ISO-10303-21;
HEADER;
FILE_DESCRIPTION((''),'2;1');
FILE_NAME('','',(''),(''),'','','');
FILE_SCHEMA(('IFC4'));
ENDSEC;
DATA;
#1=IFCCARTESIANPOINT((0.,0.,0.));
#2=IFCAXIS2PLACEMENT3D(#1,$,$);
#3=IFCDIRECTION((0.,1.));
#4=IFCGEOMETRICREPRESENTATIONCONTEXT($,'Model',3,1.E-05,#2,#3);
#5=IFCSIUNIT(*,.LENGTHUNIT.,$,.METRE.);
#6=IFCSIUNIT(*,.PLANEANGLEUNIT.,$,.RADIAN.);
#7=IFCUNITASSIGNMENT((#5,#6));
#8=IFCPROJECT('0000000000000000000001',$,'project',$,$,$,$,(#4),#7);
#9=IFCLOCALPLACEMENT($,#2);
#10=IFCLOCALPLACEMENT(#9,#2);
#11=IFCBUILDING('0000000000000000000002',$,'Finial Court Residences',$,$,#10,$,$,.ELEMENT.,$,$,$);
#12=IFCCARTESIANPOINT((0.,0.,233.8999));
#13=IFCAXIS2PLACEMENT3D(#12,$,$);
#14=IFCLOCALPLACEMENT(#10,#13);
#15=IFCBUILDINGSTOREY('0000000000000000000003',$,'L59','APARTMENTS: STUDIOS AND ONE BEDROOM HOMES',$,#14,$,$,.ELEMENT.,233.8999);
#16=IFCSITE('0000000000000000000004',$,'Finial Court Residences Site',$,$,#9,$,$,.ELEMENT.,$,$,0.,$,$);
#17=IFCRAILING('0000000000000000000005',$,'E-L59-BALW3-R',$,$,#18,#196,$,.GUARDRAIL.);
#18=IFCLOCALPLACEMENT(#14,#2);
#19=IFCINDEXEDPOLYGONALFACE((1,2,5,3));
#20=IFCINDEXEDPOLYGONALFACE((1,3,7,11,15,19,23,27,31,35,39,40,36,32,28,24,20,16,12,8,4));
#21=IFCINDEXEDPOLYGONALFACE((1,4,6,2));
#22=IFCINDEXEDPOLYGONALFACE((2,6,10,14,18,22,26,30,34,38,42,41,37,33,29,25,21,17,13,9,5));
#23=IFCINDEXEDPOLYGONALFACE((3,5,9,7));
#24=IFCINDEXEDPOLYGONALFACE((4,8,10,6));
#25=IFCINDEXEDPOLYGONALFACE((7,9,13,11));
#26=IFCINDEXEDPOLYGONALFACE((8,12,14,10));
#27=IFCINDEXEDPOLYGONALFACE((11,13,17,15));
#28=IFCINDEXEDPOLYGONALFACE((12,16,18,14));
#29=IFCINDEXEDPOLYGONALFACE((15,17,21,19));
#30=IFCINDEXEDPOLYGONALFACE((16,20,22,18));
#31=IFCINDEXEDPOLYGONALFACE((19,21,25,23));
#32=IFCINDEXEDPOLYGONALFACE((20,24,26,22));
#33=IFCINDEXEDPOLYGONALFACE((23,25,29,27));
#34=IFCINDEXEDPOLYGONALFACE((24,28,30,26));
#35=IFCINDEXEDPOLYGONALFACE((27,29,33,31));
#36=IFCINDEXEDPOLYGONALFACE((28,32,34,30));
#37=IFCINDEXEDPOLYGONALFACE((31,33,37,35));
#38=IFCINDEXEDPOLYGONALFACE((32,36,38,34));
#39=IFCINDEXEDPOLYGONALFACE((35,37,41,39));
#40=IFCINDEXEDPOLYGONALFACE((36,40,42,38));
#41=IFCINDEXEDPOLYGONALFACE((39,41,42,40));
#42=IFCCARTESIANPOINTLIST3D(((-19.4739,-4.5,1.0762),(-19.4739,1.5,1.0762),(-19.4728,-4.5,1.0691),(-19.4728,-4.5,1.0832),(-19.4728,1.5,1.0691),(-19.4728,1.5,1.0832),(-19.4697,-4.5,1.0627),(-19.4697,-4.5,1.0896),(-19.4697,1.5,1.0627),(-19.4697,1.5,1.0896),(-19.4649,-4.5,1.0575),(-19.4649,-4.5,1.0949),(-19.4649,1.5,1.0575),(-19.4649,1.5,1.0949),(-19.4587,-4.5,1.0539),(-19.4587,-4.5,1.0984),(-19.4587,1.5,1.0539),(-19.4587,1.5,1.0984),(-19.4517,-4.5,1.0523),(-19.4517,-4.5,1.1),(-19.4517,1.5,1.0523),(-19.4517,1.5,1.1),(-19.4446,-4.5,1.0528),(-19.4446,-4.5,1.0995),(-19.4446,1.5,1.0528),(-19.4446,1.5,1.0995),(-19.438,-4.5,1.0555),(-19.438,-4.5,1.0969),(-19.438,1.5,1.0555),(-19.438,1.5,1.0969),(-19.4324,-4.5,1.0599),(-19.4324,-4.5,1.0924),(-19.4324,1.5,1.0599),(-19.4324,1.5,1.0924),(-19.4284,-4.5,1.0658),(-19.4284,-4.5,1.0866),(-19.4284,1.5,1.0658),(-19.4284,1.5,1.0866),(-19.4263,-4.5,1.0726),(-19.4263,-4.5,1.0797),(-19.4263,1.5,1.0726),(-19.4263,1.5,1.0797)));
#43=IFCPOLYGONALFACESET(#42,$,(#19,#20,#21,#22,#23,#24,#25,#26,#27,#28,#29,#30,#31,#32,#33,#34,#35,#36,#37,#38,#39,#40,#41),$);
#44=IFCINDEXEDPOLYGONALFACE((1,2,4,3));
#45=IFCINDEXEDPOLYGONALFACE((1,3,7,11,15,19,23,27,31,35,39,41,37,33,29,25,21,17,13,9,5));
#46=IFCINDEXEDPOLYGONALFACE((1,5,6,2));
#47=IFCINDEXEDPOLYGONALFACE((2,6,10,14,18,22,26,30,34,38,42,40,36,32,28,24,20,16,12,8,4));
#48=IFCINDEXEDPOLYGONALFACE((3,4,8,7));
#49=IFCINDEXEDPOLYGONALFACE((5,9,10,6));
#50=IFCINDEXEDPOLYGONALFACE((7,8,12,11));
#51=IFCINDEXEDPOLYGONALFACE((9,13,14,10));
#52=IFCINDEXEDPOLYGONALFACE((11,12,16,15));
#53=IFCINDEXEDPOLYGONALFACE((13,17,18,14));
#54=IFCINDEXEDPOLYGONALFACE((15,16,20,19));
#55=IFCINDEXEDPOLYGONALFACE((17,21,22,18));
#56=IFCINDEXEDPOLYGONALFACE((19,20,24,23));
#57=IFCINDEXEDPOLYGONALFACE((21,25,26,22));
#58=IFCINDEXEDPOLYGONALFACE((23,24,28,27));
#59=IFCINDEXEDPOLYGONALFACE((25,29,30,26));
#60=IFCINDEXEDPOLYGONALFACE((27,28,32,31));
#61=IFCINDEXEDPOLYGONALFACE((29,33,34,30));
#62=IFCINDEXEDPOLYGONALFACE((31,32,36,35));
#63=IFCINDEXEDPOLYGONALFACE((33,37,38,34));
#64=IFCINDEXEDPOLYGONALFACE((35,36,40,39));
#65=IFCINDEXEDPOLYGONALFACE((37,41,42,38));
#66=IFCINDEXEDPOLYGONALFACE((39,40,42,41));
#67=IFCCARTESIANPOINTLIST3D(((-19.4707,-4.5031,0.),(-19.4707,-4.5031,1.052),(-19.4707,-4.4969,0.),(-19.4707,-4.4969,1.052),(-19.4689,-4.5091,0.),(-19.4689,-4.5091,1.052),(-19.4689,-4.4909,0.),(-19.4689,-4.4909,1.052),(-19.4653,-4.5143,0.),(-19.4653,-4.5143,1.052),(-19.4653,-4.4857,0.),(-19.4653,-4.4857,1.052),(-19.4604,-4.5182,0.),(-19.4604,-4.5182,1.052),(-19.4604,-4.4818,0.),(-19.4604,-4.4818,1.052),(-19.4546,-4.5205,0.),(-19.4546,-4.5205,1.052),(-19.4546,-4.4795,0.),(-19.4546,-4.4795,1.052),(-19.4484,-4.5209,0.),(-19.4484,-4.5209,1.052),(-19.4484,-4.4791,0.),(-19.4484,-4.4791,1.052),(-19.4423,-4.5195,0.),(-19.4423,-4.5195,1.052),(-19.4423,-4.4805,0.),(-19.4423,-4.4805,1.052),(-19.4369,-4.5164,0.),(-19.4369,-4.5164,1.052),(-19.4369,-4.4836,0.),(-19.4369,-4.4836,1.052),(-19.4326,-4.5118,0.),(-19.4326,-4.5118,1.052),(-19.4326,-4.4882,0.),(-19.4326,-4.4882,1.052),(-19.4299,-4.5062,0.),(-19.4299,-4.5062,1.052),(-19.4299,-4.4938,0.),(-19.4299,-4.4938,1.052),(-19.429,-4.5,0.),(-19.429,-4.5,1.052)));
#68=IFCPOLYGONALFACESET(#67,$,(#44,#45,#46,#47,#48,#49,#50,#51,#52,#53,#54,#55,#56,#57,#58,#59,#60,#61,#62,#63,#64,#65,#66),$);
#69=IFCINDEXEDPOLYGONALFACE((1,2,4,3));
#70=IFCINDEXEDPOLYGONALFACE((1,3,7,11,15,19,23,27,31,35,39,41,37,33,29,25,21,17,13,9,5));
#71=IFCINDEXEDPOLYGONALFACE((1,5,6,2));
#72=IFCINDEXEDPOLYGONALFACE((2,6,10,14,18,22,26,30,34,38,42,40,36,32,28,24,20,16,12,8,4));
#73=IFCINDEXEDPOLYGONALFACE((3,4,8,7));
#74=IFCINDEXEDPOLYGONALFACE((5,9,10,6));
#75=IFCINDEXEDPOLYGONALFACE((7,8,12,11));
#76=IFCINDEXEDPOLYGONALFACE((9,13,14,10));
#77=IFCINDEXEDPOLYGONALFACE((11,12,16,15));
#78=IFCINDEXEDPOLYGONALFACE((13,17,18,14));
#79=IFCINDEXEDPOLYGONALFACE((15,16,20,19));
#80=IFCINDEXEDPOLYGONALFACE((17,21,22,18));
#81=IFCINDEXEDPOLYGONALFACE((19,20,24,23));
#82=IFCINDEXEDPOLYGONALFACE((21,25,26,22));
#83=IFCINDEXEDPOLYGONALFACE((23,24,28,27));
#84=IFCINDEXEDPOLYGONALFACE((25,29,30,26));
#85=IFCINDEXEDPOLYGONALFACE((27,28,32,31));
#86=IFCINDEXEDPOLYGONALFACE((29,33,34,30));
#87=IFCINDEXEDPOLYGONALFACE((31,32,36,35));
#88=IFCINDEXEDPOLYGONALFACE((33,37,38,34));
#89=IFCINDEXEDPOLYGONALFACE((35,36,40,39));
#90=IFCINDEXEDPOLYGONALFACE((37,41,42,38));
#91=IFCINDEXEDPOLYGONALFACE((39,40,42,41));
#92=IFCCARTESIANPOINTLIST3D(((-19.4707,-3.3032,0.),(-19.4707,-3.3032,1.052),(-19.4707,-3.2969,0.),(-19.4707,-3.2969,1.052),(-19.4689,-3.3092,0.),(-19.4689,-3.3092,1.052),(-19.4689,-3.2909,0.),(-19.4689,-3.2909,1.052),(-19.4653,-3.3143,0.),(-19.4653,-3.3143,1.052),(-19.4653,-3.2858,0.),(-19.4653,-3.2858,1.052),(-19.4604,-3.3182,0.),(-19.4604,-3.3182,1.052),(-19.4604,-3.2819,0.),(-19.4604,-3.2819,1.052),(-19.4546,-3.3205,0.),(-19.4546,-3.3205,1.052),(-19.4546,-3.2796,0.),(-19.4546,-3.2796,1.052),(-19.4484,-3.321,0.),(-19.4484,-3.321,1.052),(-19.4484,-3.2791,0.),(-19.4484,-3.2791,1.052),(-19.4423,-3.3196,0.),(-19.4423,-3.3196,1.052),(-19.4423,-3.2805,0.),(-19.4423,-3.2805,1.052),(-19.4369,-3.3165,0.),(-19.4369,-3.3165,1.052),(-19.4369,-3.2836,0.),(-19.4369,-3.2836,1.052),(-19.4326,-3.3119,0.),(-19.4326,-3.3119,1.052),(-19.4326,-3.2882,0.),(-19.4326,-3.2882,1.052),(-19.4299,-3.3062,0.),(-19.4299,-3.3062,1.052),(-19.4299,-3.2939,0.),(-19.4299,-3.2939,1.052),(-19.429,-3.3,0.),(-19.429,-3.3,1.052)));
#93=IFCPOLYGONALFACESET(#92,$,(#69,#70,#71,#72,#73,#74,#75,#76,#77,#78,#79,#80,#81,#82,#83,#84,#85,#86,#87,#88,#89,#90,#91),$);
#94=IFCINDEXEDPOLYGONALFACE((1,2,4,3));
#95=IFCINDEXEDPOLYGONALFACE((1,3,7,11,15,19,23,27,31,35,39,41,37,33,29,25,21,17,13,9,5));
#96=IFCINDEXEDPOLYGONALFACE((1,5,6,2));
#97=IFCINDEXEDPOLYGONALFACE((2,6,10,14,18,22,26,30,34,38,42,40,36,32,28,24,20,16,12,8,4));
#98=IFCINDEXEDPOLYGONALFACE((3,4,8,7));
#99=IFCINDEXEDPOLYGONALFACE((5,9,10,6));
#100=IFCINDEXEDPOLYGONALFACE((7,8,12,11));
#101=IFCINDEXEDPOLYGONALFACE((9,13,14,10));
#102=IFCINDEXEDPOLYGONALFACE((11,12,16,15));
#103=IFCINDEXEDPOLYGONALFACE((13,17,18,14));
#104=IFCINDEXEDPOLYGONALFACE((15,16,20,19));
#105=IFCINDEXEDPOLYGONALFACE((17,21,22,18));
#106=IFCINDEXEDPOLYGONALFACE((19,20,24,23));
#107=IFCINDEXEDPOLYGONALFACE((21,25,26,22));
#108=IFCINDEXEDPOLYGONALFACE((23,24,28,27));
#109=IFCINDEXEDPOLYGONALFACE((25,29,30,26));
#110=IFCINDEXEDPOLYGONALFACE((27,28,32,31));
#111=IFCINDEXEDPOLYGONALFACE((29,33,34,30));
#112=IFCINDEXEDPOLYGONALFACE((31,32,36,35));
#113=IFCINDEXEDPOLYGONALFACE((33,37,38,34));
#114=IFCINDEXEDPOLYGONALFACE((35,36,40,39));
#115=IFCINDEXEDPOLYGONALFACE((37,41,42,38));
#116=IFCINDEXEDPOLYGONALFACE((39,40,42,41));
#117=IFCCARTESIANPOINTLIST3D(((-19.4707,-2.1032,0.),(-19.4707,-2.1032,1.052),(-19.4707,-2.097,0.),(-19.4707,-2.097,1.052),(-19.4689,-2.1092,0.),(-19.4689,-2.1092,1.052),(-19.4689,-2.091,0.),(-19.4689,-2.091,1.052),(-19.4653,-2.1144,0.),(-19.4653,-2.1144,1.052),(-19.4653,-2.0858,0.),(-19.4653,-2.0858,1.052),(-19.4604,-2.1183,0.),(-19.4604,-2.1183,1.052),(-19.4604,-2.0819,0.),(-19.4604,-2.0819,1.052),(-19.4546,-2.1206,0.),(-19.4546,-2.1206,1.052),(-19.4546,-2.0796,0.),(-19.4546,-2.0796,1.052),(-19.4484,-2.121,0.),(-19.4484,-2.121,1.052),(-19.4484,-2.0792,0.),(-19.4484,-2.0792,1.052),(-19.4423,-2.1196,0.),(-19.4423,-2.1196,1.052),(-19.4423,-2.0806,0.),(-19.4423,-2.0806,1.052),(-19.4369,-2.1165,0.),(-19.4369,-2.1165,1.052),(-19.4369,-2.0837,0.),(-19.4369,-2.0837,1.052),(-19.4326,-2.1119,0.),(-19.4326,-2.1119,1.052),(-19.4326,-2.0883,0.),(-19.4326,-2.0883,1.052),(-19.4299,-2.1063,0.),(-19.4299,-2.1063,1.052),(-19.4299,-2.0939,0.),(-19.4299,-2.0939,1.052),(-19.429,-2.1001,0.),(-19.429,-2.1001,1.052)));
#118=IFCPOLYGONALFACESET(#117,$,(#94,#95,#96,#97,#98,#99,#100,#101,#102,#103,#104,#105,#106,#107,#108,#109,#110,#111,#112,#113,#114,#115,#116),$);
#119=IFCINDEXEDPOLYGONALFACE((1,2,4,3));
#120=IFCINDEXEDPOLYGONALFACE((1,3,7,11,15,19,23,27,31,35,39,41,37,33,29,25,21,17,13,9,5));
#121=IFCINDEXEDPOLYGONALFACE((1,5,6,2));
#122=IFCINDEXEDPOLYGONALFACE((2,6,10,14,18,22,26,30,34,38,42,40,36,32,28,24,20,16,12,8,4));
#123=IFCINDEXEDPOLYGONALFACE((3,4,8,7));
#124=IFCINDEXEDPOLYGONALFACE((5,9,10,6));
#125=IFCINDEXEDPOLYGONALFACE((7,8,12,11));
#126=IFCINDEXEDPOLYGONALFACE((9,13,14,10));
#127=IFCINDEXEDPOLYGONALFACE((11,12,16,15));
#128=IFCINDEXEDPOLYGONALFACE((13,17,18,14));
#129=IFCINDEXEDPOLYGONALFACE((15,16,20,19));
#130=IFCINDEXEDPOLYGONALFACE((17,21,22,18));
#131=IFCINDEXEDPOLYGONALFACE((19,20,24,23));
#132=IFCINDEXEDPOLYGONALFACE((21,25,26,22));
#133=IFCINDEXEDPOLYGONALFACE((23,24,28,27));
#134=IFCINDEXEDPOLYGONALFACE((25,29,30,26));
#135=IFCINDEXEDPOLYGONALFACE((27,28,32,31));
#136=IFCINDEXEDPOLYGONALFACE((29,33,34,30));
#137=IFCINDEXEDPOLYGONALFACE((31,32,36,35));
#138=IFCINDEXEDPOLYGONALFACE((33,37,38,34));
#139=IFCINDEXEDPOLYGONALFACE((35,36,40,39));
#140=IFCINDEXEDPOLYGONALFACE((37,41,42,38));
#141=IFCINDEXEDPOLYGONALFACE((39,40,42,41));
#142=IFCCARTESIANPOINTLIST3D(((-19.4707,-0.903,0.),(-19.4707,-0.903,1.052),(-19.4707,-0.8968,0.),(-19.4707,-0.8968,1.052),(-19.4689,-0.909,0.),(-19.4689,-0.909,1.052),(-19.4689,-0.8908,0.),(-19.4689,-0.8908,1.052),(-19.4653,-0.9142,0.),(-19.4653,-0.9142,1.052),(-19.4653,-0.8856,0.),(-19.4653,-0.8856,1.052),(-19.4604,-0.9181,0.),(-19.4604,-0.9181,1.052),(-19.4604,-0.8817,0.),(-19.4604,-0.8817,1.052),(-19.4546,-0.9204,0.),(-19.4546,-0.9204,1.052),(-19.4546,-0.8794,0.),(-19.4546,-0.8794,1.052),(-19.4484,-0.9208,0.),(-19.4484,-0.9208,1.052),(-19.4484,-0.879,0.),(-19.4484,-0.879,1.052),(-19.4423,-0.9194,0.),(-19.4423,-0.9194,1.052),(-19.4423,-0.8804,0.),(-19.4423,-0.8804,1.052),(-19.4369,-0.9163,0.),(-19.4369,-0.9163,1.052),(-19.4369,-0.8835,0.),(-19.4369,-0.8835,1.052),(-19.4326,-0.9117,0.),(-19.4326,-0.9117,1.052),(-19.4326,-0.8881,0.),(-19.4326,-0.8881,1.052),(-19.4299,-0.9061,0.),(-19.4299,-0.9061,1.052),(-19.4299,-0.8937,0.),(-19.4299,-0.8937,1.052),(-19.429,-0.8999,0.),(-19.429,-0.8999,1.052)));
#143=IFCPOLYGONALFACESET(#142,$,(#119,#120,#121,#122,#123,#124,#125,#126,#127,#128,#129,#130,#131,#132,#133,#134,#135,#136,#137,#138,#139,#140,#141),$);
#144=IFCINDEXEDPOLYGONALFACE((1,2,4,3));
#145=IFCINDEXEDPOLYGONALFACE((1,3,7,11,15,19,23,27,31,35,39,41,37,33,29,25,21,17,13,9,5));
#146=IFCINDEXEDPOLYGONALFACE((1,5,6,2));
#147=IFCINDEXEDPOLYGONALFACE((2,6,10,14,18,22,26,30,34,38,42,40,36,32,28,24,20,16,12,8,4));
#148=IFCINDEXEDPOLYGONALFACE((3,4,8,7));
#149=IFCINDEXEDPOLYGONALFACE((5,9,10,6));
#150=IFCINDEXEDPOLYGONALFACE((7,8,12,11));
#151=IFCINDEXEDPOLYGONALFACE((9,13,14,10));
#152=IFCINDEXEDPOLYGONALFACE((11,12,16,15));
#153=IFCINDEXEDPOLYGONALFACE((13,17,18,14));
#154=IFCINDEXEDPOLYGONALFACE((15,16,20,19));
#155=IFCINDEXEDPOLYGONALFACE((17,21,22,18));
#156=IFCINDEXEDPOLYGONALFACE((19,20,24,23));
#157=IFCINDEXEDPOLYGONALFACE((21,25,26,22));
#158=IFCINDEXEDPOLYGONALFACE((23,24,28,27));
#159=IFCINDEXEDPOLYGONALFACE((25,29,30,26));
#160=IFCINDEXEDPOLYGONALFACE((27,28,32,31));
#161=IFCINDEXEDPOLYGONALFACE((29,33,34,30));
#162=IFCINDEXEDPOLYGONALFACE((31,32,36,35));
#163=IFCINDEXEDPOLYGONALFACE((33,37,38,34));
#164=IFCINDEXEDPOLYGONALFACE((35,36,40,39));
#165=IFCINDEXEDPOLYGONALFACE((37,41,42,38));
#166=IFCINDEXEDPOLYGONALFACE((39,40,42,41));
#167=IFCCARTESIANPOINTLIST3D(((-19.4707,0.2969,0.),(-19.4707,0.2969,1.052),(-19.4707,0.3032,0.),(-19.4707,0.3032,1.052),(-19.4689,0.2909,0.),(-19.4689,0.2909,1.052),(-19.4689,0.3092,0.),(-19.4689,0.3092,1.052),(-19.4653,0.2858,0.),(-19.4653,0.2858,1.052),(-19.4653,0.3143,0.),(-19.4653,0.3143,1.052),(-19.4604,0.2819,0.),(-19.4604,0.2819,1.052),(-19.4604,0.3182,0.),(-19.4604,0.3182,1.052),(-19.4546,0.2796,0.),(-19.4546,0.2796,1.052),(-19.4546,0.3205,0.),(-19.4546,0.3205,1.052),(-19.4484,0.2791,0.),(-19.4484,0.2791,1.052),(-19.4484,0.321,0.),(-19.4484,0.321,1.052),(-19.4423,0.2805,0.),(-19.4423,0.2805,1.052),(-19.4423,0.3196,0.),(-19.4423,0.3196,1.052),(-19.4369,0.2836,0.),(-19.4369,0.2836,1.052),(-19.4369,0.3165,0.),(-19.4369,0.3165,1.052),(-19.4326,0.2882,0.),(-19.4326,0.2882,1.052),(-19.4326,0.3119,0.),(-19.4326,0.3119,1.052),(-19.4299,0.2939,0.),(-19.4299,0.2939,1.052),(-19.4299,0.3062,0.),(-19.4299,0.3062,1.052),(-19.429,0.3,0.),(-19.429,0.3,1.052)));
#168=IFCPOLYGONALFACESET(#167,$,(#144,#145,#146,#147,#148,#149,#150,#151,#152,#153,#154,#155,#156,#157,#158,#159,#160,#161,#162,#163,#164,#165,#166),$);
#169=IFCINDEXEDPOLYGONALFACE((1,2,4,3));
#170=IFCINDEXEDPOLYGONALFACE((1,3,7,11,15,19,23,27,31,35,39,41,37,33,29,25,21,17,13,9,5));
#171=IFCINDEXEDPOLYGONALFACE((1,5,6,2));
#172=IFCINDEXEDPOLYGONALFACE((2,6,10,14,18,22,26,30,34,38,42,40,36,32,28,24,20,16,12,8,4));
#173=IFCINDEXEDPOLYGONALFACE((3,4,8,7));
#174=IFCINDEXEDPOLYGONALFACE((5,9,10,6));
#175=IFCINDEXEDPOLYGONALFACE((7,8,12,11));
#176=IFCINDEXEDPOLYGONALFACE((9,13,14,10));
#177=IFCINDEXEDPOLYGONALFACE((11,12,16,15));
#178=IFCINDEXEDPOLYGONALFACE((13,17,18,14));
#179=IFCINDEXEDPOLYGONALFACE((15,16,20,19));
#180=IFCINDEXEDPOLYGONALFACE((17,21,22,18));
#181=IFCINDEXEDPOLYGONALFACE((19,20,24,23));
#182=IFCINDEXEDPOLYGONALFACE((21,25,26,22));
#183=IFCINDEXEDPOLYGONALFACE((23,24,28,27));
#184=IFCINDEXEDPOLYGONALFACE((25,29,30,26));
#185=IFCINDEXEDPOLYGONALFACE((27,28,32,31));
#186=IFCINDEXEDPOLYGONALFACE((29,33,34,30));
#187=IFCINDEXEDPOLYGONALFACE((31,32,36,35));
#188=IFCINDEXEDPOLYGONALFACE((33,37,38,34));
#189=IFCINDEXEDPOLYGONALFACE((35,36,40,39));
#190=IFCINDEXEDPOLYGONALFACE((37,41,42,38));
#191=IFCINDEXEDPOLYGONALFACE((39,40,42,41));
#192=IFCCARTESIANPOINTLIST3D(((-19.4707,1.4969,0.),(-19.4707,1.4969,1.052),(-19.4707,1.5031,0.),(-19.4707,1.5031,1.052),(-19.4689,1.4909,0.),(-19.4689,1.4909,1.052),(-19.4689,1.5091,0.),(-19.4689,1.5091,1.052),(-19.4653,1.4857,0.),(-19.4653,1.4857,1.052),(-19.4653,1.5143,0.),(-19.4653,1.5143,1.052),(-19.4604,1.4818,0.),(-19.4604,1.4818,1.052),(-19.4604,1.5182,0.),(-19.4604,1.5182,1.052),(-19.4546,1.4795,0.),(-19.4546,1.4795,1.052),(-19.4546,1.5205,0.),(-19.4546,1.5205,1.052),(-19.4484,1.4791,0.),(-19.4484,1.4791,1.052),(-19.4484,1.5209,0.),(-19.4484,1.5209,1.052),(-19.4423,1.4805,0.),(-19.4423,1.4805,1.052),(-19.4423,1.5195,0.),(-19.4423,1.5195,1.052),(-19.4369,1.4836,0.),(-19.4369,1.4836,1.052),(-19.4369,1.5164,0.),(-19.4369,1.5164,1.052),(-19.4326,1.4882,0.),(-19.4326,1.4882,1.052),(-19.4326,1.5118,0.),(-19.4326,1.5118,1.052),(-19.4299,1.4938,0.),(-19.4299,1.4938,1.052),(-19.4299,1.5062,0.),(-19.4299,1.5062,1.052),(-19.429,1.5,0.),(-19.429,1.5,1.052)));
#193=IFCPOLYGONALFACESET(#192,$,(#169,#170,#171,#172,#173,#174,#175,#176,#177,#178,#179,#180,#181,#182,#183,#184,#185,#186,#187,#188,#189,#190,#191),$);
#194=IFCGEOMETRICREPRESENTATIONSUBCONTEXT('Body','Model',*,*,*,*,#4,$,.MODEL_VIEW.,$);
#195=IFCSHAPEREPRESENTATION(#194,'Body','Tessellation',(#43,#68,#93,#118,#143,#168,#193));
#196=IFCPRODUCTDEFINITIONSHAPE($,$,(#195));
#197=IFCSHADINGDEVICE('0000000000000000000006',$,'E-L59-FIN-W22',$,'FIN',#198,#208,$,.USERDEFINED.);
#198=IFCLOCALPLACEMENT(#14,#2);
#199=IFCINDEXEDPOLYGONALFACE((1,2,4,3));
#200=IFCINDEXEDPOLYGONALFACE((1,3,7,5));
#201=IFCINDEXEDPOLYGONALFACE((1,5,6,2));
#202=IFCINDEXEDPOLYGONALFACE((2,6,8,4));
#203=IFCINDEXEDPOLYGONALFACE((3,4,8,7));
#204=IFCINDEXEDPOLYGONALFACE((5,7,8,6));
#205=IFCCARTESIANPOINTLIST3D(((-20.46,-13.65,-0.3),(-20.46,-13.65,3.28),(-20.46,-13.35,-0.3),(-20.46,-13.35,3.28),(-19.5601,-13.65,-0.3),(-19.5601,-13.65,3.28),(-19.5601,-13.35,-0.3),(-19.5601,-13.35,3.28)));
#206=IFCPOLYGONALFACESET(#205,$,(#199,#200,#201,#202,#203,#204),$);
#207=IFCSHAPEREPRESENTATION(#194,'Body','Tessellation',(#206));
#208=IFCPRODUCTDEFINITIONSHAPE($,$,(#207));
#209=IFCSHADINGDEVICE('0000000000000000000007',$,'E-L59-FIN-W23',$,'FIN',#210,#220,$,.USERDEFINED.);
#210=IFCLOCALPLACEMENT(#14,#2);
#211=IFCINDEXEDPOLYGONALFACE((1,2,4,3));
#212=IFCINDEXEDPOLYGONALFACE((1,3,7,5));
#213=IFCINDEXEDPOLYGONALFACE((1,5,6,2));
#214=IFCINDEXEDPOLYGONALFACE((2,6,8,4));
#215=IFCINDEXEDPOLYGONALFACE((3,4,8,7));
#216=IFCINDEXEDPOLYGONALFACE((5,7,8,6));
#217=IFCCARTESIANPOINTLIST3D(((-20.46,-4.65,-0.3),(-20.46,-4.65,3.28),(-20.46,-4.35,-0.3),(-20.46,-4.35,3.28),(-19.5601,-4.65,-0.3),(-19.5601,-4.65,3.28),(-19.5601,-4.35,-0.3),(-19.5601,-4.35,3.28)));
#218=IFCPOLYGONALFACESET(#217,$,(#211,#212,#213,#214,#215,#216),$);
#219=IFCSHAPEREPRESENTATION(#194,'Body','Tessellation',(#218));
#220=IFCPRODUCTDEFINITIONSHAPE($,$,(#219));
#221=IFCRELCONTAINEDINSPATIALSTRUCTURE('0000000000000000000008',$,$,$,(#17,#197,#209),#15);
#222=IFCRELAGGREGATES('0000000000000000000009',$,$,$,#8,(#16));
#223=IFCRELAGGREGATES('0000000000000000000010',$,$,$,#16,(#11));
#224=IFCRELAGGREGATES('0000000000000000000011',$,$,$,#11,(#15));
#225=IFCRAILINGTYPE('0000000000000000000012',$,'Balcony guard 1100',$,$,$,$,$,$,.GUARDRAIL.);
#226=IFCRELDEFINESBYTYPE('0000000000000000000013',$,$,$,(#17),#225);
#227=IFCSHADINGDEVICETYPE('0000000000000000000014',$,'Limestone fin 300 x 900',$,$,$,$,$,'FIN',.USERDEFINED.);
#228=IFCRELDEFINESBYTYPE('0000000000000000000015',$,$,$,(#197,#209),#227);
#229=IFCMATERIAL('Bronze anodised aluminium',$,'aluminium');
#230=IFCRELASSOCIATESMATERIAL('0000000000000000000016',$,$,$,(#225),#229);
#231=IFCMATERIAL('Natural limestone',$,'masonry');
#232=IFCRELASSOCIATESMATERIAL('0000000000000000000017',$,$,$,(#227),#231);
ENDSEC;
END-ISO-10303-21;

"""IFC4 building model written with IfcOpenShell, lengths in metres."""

from ifc_helpers import new_model, si_unit, direction, frame, origin, origin_2d, place, context, subcontext, project, spatial, rectangle, circle, extrude, material, type_object, element, save


model = new_model("IFC4")

# Units and contexts
model_context = context("Model", 3, precision=1e-05, world=origin(), true_north=direction((0.0, 1.0)))
body_context = subcontext(model_context, "Body", "Model", "MODEL_VIEW")
ifc_project = project(units=[si_unit("LENGTHUNIT", "METRE"), si_unit("PLANEANGLEUNIT", "RADIAN")], contexts=[model_context])

# Site, building, storey
site_placement = place(None, origin())
site = spatial("IfcSite", under=ifc_project, at=site_placement, Name="Finial Court Residences Site", CompositionType="ELEMENT", RefElevation=0.0)
building_placement = place(site_placement, origin())
building = spatial("IfcBuilding", under=site, at=building_placement, Name="Finial Court Residences", CompositionType="ELEMENT")
storey_placement = place(building_placement, frame((0.0, 0.0, 233.8999)))
storey = spatial("IfcBuildingStorey", under=building, at=storey_placement, Name="L59", Description="APARTMENTS: STUDIOS AND ONE BEDROOM HOMES", CompositionType="ELEMENT", Elevation=233.8999)

# Shared definitions
ifc_material_1 = material(Name="Bronze anodised aluminium", Category="aluminium")

# Shared definitions
ifc_material_2 = material(Name="Natural limestone", Category="masonry")

# Railing
railing_type = type_object("IfcRailingType", Name="Balcony guard 1100", PredefinedType="GUARDRAIL", material=ifc_material_1)
railing_placement = place(storey_placement, frame((-19.45, -4.5, 0.0)))
element("IfcRailing", 1, at=railing_placement, inside=storey, type_object=railing_type, Name="E-L59-BALW3-R", PredefinedType="GUARDRAIL", context=body_context, shape_type="SweptSolid", body=[
    extrude(circle(Radius=0.0239, at=origin_2d()), frame((0.0, 0.0, 1.0762), z_axis=(0.0, 1.0, 0.0), x_axis=(-1.0, 0.0, 0.0)), (0.0, 0.0, 1.0), 6.0),
    extrude(circle(Radius=0.021, at=origin_2d()), origin(), (0.0, 0.0, 1.0), 1.052),
    extrude(circle(Radius=0.021, at=origin_2d()), frame((0.0, 1.2, 0.0)), (0.0, 0.0, 1.0), 1.052),
    extrude(circle(Radius=0.021, at=origin_2d()), frame((0.0, 2.3999, 0.0)), (0.0, 0.0, 1.0), 1.052),
    extrude(circle(Radius=0.021, at=origin_2d()), frame((0.0, 3.6001, 0.0)), (0.0, 0.0, 1.0), 1.052),
    extrude(circle(Radius=0.021, at=origin_2d()), frame((0.0, 4.8, 0.0)), (0.0, 0.0, 1.0), 1.052),
    extrude(circle(Radius=0.021, at=origin_2d()), frame((0.0, 6.0, 0.0)), (0.0, 0.0, 1.0), 1.052),
])

# Shading devices
shading_device_type = type_object("IfcShadingDeviceType", Name="Limestone fin 300 x 900", ElementType="FIN", PredefinedType="USERDEFINED", material=ifc_material_2)
for number, where, z_axis, x_axis, name in (
    (2, (-20.01, -13.5, -0.3), (0.0, 0.0, 1.0), (1.0, 0.0, 0.0), "E-L59-FIN-W22"),
    (3, (-20.01, -4.5, -0.3), (0.0, 0.0, 1.0), (1.0, 0.0, 0.0), "E-L59-FIN-W23"),
):
    element("IfcShadingDevice", number, at=place(storey_placement, frame(where, z_axis=z_axis, x_axis=x_axis)), inside=storey, type_object=shading_device_type, Name=name, ObjectType="FIN", PredefinedType="USERDEFINED", context=body_context, shape_type="SweptSolid", body=[
        extrude(rectangle(XDim=0.8999, YDim=0.3, at=origin_2d()), origin(), (0.0, 0.0, 1.0), 3.5801),
    ])

save(model, "model.ifc")
